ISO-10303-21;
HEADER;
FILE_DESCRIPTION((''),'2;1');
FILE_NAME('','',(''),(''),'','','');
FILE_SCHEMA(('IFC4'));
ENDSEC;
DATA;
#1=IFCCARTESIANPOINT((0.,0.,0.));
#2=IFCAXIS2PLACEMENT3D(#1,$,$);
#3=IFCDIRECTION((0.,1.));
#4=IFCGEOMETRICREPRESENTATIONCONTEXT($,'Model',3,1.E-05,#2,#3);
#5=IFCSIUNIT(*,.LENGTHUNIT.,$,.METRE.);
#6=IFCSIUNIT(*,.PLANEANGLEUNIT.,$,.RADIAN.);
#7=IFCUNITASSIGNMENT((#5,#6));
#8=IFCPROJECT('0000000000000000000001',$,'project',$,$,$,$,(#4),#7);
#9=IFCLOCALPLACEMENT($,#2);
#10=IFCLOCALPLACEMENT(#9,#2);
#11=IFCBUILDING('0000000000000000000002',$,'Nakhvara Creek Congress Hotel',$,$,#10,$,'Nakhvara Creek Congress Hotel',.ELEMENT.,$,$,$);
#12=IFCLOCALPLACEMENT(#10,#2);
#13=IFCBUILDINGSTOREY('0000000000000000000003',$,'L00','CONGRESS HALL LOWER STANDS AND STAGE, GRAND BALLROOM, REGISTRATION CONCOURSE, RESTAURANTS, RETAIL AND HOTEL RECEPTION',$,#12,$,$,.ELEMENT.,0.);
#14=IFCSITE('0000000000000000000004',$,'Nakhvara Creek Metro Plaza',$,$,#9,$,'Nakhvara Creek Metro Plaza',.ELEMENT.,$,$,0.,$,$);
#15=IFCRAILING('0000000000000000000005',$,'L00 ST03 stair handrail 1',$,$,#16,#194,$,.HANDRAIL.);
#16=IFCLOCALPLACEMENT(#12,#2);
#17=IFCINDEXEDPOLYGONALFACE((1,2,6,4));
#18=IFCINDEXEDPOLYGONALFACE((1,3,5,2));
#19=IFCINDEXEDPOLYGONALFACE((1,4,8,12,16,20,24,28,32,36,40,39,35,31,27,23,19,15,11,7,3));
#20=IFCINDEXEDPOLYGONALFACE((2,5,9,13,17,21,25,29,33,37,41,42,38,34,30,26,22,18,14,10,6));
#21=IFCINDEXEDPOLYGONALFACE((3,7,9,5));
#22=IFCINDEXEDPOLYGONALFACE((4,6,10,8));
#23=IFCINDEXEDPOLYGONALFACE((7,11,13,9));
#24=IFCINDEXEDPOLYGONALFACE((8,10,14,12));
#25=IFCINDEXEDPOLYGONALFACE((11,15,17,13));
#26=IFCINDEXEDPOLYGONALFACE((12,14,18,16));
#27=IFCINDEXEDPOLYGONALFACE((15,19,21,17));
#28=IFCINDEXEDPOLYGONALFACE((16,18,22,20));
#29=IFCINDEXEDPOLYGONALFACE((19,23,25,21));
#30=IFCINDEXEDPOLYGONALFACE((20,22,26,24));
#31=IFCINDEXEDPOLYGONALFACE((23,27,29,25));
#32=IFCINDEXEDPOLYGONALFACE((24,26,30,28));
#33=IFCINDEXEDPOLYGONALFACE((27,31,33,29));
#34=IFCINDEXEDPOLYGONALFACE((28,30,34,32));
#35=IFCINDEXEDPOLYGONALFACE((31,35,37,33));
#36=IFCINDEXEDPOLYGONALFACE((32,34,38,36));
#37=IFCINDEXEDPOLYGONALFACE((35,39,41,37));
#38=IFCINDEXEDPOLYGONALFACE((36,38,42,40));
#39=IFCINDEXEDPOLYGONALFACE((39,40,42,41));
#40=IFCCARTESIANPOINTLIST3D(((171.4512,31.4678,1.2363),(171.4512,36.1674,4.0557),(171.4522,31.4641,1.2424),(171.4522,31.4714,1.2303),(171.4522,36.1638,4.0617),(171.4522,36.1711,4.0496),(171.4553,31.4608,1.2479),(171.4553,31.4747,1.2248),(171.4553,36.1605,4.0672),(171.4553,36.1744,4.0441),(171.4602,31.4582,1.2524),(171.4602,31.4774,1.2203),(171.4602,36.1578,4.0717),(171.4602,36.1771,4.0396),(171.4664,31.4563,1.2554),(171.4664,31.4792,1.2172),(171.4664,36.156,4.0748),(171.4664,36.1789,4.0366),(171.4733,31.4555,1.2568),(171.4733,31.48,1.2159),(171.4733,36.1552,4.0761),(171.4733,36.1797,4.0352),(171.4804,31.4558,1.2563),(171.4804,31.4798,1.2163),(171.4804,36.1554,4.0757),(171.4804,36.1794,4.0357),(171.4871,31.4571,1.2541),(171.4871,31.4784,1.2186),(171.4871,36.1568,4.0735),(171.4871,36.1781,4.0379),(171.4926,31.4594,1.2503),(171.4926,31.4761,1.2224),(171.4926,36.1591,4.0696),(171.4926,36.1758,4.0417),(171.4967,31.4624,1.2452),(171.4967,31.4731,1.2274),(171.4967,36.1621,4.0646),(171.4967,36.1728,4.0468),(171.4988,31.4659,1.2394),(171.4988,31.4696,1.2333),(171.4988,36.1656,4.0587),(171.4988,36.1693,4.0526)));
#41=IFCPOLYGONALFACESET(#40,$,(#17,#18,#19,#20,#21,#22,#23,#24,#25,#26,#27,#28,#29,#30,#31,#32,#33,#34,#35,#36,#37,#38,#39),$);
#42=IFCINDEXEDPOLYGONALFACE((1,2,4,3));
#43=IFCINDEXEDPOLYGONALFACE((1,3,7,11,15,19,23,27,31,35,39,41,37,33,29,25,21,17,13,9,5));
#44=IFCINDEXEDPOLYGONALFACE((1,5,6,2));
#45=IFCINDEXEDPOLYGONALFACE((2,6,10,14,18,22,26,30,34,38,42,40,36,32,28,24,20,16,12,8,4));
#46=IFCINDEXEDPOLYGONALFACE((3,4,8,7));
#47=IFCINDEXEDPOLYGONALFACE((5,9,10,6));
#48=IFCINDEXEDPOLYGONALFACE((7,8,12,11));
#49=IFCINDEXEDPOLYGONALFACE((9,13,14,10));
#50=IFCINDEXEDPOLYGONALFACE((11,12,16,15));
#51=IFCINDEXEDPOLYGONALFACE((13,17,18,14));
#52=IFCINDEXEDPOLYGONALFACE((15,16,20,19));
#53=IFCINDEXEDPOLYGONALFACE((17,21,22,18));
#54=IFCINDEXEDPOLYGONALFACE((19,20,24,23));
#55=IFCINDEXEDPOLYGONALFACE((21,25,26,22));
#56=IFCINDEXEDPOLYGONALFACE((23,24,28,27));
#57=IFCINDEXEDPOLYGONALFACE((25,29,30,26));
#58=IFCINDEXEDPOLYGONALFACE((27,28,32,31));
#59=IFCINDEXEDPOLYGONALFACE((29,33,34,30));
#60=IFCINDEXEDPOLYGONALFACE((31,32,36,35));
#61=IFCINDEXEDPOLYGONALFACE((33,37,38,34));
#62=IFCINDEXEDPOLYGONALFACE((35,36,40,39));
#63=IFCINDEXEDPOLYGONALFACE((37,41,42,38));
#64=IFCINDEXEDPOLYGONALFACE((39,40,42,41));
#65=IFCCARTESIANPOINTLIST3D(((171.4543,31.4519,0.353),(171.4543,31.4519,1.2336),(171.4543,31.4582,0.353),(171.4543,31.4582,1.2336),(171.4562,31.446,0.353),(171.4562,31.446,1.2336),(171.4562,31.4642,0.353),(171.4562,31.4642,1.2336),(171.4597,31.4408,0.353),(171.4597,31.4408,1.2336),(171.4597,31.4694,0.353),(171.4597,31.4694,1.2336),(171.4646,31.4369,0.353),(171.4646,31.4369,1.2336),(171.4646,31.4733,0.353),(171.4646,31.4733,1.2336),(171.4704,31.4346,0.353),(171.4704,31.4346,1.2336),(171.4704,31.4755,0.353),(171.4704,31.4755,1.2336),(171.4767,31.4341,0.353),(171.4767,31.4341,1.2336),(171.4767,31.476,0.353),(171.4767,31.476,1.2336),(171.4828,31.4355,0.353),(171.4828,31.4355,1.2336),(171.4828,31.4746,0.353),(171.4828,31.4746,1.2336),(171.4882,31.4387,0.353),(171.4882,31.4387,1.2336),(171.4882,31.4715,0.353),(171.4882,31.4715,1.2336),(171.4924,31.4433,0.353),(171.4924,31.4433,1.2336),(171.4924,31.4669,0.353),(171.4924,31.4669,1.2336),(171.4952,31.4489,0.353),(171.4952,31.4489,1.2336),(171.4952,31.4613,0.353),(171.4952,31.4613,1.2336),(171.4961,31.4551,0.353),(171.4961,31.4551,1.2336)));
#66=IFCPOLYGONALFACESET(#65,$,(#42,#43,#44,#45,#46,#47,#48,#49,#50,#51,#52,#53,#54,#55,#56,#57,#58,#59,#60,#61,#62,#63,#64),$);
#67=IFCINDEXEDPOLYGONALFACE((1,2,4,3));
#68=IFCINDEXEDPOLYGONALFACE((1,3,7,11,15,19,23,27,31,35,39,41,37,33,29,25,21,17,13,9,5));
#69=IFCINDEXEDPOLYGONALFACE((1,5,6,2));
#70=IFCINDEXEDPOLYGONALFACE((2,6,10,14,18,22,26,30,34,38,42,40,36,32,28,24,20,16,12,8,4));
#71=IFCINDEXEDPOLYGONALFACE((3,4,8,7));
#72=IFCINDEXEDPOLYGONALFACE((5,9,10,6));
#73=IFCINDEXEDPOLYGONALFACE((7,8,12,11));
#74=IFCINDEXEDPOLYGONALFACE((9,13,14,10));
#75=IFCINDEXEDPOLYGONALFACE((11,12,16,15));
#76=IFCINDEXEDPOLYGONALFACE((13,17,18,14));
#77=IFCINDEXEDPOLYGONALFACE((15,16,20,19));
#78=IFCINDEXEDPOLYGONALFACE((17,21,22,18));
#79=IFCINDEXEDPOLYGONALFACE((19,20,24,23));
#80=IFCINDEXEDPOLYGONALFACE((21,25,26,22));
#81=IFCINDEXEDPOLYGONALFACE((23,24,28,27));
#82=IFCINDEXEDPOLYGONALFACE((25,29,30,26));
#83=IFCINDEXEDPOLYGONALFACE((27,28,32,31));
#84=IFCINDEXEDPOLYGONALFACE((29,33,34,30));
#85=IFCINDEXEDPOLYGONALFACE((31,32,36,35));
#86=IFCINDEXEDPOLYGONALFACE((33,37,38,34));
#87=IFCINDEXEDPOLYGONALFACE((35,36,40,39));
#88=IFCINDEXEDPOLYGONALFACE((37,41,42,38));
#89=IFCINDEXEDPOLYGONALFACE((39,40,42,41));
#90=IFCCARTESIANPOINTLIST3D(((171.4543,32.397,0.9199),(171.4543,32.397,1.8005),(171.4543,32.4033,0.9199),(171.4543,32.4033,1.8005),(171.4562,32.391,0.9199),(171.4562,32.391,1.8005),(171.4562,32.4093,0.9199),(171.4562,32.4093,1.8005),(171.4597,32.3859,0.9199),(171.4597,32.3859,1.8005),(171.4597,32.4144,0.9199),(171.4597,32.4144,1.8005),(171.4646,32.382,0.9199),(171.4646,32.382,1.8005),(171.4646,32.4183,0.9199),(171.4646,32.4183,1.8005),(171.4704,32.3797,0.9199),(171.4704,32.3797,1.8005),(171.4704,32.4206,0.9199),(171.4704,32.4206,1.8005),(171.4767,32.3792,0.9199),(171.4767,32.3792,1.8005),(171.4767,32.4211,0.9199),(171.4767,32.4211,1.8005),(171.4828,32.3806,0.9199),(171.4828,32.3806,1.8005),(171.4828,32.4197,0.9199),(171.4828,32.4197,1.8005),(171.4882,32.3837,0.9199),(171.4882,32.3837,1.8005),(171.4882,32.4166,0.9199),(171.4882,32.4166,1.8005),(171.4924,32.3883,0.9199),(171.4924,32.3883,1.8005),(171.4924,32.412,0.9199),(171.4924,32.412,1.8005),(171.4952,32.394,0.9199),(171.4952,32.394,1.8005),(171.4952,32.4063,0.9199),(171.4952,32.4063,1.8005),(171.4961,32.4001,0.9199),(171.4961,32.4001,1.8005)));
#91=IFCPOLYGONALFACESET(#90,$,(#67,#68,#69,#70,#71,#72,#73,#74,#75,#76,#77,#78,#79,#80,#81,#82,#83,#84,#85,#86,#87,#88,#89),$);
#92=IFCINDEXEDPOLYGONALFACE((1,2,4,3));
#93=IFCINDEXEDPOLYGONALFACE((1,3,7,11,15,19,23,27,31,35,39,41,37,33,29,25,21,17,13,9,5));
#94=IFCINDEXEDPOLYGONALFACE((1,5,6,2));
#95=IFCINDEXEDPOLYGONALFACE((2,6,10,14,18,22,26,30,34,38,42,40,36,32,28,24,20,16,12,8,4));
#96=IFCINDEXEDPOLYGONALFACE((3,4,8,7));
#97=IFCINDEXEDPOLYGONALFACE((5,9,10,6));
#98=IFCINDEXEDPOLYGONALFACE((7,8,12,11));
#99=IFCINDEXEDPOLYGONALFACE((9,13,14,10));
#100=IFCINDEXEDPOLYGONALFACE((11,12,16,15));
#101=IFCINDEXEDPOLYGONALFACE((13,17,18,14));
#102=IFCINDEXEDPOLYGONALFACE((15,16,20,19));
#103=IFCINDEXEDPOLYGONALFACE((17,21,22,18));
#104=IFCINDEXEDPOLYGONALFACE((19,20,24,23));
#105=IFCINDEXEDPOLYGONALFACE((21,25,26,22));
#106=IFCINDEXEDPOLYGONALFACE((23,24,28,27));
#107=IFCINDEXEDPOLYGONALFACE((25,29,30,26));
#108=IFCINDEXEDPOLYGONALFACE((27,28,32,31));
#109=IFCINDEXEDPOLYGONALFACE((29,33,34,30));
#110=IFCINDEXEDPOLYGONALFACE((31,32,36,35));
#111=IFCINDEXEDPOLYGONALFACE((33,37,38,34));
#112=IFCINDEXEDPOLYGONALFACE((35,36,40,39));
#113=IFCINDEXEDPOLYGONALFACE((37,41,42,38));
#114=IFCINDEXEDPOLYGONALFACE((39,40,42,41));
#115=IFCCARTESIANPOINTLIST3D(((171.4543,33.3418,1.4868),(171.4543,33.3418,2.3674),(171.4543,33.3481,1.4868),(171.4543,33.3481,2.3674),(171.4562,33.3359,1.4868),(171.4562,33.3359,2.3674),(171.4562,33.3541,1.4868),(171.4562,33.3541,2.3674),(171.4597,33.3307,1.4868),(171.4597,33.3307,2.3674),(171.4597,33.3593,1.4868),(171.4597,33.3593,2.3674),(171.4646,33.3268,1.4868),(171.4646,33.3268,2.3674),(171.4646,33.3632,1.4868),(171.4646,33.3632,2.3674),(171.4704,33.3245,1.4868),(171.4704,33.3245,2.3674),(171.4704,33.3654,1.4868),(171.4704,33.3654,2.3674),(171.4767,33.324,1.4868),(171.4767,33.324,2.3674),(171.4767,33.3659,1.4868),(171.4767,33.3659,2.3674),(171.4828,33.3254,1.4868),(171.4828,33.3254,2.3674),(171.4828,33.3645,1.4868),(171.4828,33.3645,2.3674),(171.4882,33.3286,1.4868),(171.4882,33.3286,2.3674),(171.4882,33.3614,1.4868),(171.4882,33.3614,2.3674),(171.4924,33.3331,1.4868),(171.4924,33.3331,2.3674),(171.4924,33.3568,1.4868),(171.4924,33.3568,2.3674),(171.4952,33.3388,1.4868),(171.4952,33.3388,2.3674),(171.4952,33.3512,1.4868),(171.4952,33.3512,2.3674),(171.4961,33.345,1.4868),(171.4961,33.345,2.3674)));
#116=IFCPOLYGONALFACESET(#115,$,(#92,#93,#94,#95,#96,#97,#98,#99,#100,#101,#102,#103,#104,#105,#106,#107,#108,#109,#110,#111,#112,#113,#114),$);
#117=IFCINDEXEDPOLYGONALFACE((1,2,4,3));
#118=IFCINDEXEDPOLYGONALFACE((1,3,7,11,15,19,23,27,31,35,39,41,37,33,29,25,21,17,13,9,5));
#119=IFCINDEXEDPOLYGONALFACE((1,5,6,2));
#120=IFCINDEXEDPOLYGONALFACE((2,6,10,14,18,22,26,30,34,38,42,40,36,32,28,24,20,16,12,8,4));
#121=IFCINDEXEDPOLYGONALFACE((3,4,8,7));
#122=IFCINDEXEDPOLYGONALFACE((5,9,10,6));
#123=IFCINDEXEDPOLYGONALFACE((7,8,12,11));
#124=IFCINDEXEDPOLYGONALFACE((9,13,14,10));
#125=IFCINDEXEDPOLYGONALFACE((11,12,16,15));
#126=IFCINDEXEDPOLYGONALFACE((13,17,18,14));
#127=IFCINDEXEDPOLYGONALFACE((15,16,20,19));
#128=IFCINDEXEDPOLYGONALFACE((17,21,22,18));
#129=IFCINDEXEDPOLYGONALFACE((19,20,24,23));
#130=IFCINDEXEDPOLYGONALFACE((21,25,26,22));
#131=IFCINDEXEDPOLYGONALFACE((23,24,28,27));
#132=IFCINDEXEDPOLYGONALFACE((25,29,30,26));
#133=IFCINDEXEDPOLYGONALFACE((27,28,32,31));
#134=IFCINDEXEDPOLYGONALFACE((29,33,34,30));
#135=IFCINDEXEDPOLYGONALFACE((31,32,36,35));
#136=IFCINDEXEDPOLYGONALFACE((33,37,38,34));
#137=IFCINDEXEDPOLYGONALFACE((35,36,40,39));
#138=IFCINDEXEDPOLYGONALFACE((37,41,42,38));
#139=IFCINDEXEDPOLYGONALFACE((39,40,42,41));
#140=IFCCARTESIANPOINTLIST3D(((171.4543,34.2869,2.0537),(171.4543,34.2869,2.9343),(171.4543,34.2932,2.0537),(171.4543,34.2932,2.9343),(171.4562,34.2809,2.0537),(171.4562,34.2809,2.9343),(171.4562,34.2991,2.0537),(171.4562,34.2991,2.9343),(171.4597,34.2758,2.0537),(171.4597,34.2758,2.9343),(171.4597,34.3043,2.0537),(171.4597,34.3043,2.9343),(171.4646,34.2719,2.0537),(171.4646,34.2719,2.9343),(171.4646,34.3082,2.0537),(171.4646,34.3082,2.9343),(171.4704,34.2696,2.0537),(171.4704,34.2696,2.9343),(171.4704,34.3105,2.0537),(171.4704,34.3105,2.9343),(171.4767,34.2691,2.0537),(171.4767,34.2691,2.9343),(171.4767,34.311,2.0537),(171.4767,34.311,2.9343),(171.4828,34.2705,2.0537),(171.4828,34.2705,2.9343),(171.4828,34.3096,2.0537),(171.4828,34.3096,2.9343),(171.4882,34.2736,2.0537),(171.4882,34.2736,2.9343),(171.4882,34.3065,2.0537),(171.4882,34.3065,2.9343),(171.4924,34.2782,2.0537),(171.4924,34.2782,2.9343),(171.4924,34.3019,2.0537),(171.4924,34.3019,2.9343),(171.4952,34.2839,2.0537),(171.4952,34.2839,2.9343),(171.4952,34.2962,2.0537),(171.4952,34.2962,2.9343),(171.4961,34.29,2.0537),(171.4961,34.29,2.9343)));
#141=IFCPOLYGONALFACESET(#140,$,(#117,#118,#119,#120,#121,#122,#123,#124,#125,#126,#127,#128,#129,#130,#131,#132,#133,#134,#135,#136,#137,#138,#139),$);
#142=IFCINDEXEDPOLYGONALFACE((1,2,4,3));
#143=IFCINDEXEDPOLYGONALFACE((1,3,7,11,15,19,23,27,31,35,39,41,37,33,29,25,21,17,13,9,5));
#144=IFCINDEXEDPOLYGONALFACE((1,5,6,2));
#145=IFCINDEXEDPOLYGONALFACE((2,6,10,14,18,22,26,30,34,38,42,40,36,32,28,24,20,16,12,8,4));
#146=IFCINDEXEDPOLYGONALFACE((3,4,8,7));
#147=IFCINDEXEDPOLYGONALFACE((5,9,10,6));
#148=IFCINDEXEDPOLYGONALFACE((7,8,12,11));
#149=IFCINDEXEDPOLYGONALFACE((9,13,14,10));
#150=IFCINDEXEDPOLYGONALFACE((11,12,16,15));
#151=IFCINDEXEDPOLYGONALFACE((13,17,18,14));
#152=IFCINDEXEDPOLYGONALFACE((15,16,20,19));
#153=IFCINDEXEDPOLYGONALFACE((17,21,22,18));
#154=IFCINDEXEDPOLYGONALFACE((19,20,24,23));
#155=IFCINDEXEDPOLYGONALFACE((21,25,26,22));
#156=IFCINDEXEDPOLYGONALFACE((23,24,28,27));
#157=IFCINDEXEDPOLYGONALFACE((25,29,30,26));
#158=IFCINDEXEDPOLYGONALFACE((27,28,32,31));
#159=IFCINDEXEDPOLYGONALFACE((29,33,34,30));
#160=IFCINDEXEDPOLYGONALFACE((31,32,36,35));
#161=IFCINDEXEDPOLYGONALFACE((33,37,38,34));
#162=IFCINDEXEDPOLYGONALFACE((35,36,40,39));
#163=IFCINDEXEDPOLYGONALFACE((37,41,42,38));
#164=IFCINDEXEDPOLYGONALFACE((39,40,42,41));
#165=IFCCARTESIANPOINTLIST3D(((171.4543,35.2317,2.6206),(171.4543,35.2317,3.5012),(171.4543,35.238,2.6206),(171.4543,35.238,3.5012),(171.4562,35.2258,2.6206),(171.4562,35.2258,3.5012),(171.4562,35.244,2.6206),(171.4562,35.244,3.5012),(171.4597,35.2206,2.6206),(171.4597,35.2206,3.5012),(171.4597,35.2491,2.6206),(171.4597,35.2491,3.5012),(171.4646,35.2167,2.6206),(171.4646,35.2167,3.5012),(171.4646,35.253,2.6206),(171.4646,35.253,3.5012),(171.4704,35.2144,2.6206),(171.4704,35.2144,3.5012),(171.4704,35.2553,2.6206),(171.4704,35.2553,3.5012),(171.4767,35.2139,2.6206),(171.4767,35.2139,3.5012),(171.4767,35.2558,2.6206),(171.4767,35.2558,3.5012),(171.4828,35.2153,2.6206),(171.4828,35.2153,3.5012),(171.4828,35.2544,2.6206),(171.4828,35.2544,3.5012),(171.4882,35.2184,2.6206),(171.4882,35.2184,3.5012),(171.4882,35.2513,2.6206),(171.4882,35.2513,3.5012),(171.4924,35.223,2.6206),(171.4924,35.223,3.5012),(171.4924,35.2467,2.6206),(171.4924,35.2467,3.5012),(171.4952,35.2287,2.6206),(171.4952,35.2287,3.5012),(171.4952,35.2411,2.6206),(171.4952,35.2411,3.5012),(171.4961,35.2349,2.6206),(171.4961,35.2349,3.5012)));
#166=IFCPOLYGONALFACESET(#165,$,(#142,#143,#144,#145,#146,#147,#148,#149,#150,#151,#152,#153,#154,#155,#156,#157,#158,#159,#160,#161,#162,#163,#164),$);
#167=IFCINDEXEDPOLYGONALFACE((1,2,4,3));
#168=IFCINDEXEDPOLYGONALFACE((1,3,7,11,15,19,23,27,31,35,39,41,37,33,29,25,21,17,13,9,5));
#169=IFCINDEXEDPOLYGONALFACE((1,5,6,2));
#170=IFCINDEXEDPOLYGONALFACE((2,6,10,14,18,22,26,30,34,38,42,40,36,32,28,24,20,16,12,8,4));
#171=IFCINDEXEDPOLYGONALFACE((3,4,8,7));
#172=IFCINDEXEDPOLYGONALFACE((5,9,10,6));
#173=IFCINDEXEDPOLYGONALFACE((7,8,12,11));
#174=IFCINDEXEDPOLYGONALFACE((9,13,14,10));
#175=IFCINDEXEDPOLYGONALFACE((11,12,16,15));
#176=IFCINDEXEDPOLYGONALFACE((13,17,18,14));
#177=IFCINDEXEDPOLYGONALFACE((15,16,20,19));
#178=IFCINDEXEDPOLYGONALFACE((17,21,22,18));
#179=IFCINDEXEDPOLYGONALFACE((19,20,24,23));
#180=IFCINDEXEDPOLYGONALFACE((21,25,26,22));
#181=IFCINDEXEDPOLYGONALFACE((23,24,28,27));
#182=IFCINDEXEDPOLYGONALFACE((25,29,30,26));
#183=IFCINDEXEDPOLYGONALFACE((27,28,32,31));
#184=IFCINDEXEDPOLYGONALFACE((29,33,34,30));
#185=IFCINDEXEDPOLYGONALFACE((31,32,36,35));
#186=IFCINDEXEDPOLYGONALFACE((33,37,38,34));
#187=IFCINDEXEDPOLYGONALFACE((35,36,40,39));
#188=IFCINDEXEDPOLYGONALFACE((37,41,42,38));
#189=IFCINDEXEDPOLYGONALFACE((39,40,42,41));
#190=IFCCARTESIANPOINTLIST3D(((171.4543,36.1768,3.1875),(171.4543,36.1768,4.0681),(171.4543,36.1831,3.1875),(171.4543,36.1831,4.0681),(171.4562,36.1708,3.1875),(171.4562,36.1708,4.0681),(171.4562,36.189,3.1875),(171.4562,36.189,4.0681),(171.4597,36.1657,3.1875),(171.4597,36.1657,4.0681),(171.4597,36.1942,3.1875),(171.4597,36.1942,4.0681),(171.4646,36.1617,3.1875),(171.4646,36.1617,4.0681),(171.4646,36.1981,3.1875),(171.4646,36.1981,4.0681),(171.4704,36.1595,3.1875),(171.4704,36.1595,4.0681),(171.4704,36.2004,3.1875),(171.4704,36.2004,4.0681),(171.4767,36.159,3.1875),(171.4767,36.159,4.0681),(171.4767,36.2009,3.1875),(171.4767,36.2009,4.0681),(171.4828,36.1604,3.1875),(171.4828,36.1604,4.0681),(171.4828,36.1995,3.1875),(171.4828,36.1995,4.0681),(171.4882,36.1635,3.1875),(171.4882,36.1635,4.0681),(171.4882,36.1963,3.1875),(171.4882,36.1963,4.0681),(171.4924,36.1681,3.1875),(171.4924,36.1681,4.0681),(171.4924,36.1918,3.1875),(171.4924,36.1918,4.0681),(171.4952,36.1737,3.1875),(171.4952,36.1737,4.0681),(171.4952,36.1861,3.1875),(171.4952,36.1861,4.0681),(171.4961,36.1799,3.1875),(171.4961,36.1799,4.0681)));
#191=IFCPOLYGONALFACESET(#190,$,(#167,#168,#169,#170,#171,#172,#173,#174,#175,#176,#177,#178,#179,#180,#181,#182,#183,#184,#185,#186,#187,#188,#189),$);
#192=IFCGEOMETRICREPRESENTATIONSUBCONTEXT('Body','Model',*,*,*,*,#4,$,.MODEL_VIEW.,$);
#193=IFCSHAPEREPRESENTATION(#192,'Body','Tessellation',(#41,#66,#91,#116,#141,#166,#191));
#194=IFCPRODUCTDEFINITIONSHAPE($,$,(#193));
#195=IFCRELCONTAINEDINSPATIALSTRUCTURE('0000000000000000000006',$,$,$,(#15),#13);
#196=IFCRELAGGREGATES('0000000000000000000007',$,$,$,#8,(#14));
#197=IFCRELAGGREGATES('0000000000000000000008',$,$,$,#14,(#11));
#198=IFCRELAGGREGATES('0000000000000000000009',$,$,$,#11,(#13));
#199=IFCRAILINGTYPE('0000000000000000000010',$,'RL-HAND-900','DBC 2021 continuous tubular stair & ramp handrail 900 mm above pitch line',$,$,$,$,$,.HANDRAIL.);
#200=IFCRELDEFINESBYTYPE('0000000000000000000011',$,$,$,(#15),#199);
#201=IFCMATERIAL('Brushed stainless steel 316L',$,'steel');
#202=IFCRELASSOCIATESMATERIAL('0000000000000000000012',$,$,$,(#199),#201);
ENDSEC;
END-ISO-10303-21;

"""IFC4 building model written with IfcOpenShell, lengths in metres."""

from ifc_helpers import new_model, si_unit, direction, frame, origin, origin_2d, place, context, subcontext, project, spatial, circle, extrude, material, type_object, element, save


model = new_model("IFC4")

# Units and contexts
model_context = context("Model", 3, precision=1e-05, world=origin(), true_north=direction((0.0, 1.0)))
body_context = subcontext(model_context, "Body", "Model", "MODEL_VIEW")
ifc_project = project(units=[si_unit("LENGTHUNIT", "METRE"), si_unit("PLANEANGLEUNIT", "RADIAN")], contexts=[model_context])

# Site, building, storey
site_placement = place(None, origin())
site = spatial("IfcSite", under=ifc_project, at=site_placement, Name="Nakhvara Creek Metro Plaza", LongName="Nakhvara Creek Metro Plaza", CompositionType="ELEMENT", RefElevation=0.0)
building_placement = place(site_placement, origin())
building = spatial("IfcBuilding", under=site, at=building_placement, Name="Nakhvara Creek Congress Hotel", LongName="Nakhvara Creek Congress Hotel", CompositionType="ELEMENT")
storey_placement = place(building_placement, origin())
storey = spatial("IfcBuildingStorey", under=building, at=storey_placement, Name="L00", Description="CONGRESS HALL LOWER STANDS AND STAGE, GRAND BALLROOM, REGISTRATION CONCOURSE, RESTAURANTS, RETAIL AND HOTEL RECEPTION", CompositionType="ELEMENT", Elevation=0.0)

# Railing
ifc_material_1 = material(Name="Brushed stainless steel 316L", Category="steel")
railing_type_1 = type_object("IfcRailingType", Name="RL-HAND-900", Description="DBC 2021 continuous tubular stair & ramp handrail 900 mm above pitch line", PredefinedType="HANDRAIL", material=ifc_material_1)
railing_1_placement = place(storey_placement, frame((171.4751, 31.4551, 0.353)))
element("IfcRailing", 1, at=railing_1_placement, inside=storey, type_object=railing_type_1, Name="L00 ST03 stair handrail 1", PredefinedType="HANDRAIL", context=body_context, shape_type="SweptSolid", body=[
    extrude(circle(Radius=0.0239, at=origin_2d()), frame((0.0, 0.0127, 0.8833), z_axis=(0.0, 0.857528, 0.514437), x_axis=(-1.0, 0.0, 0.0)), (0.0, 0.0, 1.0), 5.4805),
    extrude(circle(Radius=0.021, at=origin_2d()), origin(), (0.0, 0.0, 1.0), 0.8806),
    extrude(circle(Radius=0.021, at=origin_2d()), frame((0.0, 0.9451, 0.5669)), (0.0, 0.0, 1.0), 0.8806),
    extrude(circle(Radius=0.021, at=origin_2d()), frame((0.0, 1.8899, 1.1338)), (0.0, 0.0, 1.0), 0.8806),
    extrude(circle(Radius=0.021, at=origin_2d()), frame((0.0, 2.835, 1.7007)), (0.0, 0.0, 1.0), 0.8806),
    extrude(circle(Radius=0.021, at=origin_2d()), frame((0.0, 3.7798, 2.2676)), (0.0, 0.0, 1.0), 0.8806),
    extrude(circle(Radius=0.021, at=origin_2d()), frame((0.0, 4.7249, 2.8345)), (0.0, 0.0, 1.0), 0.8806),
])

save(model, "model.ifc")
